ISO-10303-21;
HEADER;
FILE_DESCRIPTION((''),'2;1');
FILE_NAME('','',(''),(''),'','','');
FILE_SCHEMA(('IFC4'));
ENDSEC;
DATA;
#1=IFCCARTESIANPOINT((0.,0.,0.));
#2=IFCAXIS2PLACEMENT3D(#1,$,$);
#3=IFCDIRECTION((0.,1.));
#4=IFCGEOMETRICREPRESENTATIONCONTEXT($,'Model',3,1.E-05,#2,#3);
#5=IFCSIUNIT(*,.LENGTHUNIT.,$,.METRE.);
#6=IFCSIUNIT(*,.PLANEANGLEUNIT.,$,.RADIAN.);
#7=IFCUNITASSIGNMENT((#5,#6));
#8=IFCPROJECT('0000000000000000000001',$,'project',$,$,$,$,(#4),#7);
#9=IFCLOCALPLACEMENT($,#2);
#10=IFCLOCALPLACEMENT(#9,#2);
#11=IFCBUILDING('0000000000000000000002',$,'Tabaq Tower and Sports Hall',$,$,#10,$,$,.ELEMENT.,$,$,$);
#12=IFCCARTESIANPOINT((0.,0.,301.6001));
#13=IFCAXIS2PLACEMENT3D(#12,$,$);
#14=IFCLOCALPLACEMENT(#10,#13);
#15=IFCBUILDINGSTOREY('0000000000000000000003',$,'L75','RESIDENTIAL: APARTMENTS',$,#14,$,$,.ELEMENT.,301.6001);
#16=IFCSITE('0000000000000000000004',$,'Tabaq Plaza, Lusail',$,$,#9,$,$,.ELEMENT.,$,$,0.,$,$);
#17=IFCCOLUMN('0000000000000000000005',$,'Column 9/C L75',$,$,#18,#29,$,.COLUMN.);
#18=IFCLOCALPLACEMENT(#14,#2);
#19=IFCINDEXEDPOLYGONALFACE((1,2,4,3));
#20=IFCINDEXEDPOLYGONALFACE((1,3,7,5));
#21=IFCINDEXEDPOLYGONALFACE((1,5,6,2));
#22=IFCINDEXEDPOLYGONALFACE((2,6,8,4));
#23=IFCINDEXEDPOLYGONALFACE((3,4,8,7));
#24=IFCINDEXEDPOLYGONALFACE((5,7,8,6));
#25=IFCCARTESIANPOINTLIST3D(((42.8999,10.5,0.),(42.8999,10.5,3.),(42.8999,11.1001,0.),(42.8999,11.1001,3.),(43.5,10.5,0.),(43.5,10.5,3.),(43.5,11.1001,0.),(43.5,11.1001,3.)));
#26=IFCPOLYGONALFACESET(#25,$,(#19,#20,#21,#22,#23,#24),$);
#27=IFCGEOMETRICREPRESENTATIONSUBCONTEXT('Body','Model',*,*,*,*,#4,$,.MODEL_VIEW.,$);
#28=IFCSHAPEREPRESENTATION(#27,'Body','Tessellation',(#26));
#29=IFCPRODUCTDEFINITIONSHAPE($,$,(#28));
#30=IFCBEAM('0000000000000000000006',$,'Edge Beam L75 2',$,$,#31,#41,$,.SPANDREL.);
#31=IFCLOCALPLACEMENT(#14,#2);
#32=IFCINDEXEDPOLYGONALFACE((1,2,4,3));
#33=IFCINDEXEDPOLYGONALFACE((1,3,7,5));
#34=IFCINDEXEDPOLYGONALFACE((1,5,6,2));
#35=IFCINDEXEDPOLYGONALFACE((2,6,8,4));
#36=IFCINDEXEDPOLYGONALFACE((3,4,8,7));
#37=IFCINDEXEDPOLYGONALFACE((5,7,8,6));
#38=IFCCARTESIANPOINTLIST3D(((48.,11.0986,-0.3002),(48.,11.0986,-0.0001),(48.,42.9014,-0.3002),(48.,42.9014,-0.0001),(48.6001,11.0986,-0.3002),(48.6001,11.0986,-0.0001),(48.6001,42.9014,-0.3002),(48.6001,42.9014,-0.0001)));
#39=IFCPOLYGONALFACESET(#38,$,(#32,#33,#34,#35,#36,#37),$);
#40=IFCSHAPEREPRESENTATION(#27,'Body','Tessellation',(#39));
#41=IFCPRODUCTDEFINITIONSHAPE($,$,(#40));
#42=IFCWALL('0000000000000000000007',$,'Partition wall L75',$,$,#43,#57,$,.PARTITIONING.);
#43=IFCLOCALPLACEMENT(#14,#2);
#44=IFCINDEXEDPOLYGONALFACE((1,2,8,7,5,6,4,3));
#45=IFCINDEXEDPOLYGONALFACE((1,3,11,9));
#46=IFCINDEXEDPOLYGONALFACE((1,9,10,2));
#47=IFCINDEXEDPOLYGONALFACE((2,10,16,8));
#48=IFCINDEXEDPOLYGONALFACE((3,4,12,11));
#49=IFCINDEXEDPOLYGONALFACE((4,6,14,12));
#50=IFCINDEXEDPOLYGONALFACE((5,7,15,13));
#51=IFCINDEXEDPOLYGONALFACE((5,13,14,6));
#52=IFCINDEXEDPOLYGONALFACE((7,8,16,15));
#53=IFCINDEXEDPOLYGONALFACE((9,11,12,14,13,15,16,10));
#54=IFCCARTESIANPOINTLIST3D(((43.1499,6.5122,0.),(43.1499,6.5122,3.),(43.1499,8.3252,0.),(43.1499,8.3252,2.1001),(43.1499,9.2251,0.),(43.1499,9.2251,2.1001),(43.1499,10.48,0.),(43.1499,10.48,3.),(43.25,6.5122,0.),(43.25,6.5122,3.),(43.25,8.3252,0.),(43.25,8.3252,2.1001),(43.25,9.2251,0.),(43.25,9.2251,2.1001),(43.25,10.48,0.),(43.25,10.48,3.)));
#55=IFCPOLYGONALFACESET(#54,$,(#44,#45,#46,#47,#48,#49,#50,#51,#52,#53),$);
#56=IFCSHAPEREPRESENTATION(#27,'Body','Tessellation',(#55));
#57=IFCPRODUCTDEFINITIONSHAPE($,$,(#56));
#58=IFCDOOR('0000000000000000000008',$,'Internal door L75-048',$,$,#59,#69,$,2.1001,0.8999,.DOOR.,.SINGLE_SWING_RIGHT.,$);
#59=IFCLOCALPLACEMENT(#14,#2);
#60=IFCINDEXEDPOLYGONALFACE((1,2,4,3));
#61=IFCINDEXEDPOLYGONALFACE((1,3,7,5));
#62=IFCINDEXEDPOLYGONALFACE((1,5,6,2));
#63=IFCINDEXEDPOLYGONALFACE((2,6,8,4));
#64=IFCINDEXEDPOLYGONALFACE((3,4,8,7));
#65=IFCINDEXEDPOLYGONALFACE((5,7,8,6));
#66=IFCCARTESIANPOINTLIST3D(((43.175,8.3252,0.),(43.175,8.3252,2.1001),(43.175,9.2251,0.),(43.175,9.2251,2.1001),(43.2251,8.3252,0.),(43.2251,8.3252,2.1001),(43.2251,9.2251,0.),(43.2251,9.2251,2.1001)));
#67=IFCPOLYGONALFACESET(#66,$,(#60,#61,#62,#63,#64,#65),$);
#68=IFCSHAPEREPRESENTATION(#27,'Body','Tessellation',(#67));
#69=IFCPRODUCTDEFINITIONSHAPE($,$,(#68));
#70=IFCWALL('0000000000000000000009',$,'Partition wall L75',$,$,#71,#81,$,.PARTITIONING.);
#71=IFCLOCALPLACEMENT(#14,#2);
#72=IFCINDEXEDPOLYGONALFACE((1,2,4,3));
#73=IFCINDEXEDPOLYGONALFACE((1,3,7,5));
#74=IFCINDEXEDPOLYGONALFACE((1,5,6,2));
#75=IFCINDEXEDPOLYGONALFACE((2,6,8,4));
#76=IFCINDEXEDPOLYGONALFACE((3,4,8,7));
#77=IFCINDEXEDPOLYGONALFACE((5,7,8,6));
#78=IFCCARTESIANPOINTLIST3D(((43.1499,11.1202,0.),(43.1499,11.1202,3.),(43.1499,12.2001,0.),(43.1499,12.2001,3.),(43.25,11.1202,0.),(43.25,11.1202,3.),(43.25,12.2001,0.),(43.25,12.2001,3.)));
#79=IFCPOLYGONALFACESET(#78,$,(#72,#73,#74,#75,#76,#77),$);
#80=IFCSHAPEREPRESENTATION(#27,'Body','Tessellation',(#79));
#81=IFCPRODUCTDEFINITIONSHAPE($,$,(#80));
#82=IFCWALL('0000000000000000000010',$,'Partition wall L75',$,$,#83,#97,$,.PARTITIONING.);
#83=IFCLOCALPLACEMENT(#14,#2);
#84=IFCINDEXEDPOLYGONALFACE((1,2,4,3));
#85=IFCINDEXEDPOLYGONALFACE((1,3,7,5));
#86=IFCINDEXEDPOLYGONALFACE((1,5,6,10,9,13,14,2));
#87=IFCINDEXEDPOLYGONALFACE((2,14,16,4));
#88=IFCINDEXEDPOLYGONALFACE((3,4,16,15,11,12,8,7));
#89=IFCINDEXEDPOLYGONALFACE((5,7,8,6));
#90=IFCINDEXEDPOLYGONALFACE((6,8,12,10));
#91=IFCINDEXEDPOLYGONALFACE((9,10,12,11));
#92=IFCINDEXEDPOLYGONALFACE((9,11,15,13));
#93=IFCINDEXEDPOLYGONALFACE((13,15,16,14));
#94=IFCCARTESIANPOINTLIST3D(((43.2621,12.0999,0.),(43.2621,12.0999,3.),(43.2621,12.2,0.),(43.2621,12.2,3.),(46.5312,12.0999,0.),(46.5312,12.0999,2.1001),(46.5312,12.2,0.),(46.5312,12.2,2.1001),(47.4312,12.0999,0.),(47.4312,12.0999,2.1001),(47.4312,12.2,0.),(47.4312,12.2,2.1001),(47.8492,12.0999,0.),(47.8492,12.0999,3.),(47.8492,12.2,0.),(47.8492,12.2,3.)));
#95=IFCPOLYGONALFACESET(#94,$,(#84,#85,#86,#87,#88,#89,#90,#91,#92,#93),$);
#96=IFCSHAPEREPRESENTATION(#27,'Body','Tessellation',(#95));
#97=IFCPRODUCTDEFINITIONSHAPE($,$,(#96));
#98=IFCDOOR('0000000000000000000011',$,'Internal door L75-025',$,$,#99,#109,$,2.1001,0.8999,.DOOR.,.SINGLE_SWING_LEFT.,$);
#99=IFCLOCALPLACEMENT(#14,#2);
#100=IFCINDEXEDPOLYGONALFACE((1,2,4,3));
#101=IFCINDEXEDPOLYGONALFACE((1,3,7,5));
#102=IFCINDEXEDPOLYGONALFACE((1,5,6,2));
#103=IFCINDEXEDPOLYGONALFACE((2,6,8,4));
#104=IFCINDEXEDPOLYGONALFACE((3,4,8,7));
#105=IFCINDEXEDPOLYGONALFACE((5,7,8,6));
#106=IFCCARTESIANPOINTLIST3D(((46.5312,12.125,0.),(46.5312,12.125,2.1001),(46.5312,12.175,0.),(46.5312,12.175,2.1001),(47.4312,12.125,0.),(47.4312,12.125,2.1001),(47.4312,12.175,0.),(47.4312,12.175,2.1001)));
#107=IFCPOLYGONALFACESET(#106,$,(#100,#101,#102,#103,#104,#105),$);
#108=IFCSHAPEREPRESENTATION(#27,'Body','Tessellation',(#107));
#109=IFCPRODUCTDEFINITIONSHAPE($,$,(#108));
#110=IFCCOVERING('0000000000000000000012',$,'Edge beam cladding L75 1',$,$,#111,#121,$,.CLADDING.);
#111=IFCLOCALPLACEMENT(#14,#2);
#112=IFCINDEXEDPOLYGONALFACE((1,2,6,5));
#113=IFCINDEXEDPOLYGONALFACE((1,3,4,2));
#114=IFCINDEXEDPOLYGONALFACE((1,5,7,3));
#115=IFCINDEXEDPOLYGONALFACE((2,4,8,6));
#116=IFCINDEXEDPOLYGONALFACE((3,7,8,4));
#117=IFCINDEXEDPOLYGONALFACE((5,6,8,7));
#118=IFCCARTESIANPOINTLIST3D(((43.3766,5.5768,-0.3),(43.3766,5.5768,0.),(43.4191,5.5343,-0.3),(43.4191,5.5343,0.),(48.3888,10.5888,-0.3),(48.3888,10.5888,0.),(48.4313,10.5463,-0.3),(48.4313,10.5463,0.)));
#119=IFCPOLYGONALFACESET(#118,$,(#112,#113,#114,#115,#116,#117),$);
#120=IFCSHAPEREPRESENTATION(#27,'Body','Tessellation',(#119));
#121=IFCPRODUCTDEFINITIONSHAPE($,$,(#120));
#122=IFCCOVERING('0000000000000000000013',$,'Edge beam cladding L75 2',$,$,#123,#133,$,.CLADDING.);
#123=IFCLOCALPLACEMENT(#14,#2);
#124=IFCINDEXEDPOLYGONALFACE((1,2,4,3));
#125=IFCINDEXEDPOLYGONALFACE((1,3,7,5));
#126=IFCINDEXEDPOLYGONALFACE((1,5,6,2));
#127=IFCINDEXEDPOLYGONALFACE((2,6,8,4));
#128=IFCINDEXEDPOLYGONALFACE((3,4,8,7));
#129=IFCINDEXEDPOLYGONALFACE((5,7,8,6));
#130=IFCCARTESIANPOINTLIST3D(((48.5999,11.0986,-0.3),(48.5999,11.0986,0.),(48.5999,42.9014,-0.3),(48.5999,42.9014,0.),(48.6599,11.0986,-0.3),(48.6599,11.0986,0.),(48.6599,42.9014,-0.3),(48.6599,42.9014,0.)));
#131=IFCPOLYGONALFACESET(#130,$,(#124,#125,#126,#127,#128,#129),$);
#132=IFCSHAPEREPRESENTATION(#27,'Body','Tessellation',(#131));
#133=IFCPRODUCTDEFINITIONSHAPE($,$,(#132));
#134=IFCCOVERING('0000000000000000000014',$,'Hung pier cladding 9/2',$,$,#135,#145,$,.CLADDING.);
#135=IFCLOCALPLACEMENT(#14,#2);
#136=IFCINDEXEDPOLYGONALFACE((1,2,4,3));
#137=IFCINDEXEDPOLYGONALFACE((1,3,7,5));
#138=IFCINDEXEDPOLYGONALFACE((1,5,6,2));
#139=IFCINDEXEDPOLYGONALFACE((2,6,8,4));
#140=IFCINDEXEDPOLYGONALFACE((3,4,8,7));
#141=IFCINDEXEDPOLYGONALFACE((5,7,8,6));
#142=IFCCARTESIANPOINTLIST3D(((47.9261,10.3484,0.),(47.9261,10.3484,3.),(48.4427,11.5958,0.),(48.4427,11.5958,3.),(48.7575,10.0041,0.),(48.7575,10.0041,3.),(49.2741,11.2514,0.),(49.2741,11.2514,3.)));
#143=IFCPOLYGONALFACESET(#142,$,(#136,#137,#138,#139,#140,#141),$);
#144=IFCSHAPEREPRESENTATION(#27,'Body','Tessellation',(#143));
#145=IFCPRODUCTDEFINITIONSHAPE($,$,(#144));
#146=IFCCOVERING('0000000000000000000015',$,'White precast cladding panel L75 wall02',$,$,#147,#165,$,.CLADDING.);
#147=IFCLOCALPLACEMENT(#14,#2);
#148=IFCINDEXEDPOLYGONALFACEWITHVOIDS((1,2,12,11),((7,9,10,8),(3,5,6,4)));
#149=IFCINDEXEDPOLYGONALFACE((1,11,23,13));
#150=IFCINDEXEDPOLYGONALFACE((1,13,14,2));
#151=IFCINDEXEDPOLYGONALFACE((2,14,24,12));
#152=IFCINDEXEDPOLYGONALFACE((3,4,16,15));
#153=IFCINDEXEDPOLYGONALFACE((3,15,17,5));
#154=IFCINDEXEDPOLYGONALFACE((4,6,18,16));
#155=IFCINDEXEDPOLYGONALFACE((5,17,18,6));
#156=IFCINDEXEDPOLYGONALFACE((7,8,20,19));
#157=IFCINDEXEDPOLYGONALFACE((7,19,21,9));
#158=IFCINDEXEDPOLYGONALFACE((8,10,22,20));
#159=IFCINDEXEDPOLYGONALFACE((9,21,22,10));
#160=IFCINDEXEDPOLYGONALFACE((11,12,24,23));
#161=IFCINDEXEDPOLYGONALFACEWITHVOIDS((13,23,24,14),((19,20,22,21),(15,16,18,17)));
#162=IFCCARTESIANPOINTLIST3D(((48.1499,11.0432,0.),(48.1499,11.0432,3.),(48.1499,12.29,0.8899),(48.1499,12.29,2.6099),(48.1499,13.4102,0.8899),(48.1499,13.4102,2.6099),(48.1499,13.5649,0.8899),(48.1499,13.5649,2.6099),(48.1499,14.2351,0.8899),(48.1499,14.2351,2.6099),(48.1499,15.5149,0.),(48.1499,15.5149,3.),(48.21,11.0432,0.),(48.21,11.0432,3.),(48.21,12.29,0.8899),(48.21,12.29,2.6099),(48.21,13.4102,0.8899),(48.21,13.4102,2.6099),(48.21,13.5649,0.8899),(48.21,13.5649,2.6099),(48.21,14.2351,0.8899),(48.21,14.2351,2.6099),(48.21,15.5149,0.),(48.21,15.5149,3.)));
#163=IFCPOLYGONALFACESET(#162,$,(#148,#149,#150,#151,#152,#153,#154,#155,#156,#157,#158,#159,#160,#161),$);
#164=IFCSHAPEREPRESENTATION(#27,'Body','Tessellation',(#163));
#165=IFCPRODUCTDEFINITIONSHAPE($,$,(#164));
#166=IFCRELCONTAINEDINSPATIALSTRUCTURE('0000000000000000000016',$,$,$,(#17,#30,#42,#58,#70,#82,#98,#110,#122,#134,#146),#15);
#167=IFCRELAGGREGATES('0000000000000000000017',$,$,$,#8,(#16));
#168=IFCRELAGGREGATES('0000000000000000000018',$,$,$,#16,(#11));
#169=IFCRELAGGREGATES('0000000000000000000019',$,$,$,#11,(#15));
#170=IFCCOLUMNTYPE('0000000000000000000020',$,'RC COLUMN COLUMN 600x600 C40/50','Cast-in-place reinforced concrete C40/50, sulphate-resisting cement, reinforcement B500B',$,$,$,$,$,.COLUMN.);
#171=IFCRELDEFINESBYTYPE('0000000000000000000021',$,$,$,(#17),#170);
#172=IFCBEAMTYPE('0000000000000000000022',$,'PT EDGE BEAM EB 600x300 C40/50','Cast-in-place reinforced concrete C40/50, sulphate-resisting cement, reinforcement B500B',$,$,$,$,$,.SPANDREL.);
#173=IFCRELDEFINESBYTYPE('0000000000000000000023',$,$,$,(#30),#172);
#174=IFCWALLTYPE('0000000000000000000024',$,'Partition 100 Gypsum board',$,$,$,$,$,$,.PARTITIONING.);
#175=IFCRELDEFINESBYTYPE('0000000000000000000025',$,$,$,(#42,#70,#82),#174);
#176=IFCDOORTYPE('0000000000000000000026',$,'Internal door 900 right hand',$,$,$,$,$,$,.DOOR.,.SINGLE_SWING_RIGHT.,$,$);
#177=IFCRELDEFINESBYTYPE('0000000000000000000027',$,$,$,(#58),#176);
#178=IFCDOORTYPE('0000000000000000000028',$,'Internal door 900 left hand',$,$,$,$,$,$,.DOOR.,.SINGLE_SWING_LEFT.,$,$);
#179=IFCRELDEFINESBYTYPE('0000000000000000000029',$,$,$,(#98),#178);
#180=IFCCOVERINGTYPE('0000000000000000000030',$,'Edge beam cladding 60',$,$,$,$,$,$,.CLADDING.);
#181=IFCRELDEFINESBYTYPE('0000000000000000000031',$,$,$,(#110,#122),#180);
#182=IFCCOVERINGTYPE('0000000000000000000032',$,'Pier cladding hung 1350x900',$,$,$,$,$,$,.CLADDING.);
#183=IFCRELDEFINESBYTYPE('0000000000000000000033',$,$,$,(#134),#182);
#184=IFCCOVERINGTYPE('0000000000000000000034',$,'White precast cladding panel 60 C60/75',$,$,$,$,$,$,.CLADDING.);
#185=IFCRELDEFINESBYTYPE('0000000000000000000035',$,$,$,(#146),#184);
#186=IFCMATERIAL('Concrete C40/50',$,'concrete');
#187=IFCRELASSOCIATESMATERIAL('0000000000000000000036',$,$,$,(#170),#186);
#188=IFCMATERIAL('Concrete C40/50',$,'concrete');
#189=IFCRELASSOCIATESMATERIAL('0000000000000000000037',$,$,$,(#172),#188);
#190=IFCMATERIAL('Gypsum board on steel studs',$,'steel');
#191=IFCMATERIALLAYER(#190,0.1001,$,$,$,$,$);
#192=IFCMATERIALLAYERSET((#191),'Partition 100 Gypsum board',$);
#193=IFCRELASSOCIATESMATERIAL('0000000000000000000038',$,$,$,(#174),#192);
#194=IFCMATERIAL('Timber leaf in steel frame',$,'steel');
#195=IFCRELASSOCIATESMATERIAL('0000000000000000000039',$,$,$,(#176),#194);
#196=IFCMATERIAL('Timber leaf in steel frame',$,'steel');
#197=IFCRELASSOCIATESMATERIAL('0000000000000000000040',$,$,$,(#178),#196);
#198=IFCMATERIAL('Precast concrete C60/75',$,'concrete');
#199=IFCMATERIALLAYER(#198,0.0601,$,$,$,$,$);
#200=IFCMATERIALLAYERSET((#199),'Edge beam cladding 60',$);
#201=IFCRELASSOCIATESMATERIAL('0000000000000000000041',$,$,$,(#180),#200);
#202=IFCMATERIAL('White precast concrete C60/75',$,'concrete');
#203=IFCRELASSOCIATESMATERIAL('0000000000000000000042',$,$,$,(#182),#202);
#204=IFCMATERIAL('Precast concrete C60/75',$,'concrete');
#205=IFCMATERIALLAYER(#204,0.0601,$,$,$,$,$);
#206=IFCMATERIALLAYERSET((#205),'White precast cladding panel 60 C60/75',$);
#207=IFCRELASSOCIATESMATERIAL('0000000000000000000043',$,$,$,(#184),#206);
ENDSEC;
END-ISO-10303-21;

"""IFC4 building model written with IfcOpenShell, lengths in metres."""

from ifc_helpers import new_model, si_unit, direction, frame, frame_2d, origin, origin_2d, place, context, subcontext, project, spatial, polyline, rectangle, outline, extrude, material, layer, layer_set, material_profile, profile_set, type_object, element, fill, save


model = new_model("IFC4")

# Units and contexts
model_context = context("Model", 3, precision=1e-05, world=origin(), true_north=direction((0.0, 1.0)))
body_context = subcontext(model_context, "Body", "Model", "MODEL_VIEW")
ifc_project = project(units=[si_unit("LENGTHUNIT", "METRE"), si_unit("PLANEANGLEUNIT", "RADIAN")], contexts=[model_context])

# Site, building, storey
site_placement = place(None, origin())
site = spatial("IfcSite", under=ifc_project, at=site_placement, Name="Tabaq Plaza, Lusail", CompositionType="ELEMENT", RefElevation=0.0)
building_placement = place(site_placement, origin())
building = spatial("IfcBuilding", under=site, at=building_placement, Name="Tabaq Tower and Sports Hall", CompositionType="ELEMENT")
storey_placement = place(building_placement, frame((0.0, 0.0, 301.6001)))
storey = spatial("IfcBuildingStorey", under=building, at=storey_placement, Name="L75", Description="RESIDENTIAL: APARTMENTS", CompositionType="ELEMENT", Elevation=301.6001)

# Column
ifc_material_1 = material(Name="Concrete C40/50", Category="concrete")
ifc_material_profile_1 = material_profile(ifc_material_1, rectangle(XDim=0.6001, YDim=0.6001, at=origin_2d()), Name="COLUMN 600x600")
ifc_profile_set_1 = profile_set([ifc_material_profile_1], Name="Concrete C40/50")
column_type = type_object("IfcColumnType", Name="RC COLUMN COLUMN 600x600 C40/50", Description="Cast-in-place reinforced concrete C40/50, sulphate-resisting cement, reinforcement B500B", PredefinedType="COLUMN", material=ifc_profile_set_1)
column_placement = place(storey_placement, frame((43.2, 10.8, 0.0), z_axis=(0.0, 0.0, 1.0), x_axis=(1.0, 0.0, 0.0)))
element("IfcColumn", 1, at=column_placement, inside=storey, type_object=column_type, Name="Column 9/C L75", PredefinedType="COLUMN", context=body_context, shape_type="SweptSolid", body=[
    extrude(rectangle(XDim=0.6001, YDim=0.6001, at=origin_2d()), origin(), (0.0, 0.0, 1.0), 3.0),
])

# Beam
ifc_material_2 = material(Name="Concrete C40/50", Category="concrete")
ifc_material_profile_2 = material_profile(ifc_material_2, rectangle(XDim=0.6001, YDim=0.3, at=origin_2d()), Name="EB 600x300")
ifc_profile_set_2 = profile_set([ifc_material_profile_2], Name="Concrete C40/50")
beam_type = type_object("IfcBeamType", Name="PT EDGE BEAM EB 600x300 C40/50", Description="Cast-in-place reinforced concrete C40/50, sulphate-resisting cement, reinforcement B500B", PredefinedType="SPANDREL", material=ifc_profile_set_2)
beam_placement = place(storey_placement, frame((48.3, 11.0986, -0.1501), z_axis=(0.0, 1.0, 0.0), x_axis=(-1.0, 0.0, 0.0)))
element("IfcBeam", 2, at=beam_placement, inside=storey, type_object=beam_type, Name="Edge Beam L75 2", PredefinedType="SPANDREL", context=body_context, shape_type="SweptSolid", body=[
    extrude(rectangle(XDim=0.6001, YDim=0.3, at=origin_2d()), origin(), (0.0, 0.0, 1.0), 31.8027),
])

# Wall, opening, door
ifc_material_3 = material(Name="Gypsum board on steel studs", Category="steel")
ifc_layer_1 = layer(ifc_material_3, 0.1001)
ifc_layer_set_1 = layer_set([ifc_layer_1], Name="Partition 100 Gypsum board")
wall_type_1 = type_object("IfcWallType", Name="Partition 100 Gypsum board", PredefinedType="PARTITIONING", material=ifc_layer_set_1)
wall_1_placement = place(storey_placement, frame((43.2, 6.5122, 0.0), z_axis=(0.0, 0.0, 1.0), x_axis=(0.0, 1.0, 0.0)))
wall_1 = element("IfcWall", 3, at=wall_1_placement, inside=storey, type_object=wall_type_1, Name="Partition wall L75", PredefinedType="PARTITIONING", context=body_context, shape_type="SweptSolid", body=[
    extrude(rectangle(XDim=3.9678, YDim=0.1001, at=frame_2d((1.9839, 0.0))), origin(), (0.0, 0.0, 1.0), 3.0),
])
opening_1_placement = place(wall_1_placement, frame((1.813, 0.0, 0.0)))
opening_1 = element("IfcOpeningElement", 4, at=opening_1_placement, cuts=wall_1, PredefinedType="OPENING", context=body_context, shape_type="SweptSolid", body=[
    extrude(rectangle(XDim=0.8999, YDim=2.1001, at=frame_2d((0.45, 1.05))), frame((0.0, 0.05, 0.0), z_axis=(0.0, -1.0, 0.0), x_axis=(1.0, 0.0, 0.0)), (0.0, 0.0, 1.0), 0.1001),
])
ifc_material_4 = material(Name="Timber leaf in steel frame", Category="steel")
door_type_1 = type_object("IfcDoorType", Name="Internal door 900 right hand", OperationType="SINGLE_SWING_RIGHT", PredefinedType="DOOR", material=ifc_material_4)
door_1_placement = place(opening_1_placement, origin())
door_1 = element("IfcDoor", 5, at=door_1_placement, inside=storey, type_object=door_type_1, Name="Internal door L75-048", OperationType="SINGLE_SWING_RIGHT", OverallHeight=2.1001, OverallWidth=0.8999, PredefinedType="DOOR", context=body_context, shape_type="SweptSolid", body=[
    extrude(rectangle(XDim=0.8999, YDim=2.1001, at=frame_2d((0.45, 1.05))), frame((0.0, 0.0249, 0.0), z_axis=(0.0, -1.0, 0.0), x_axis=(1.0, 0.0, 0.0)), (0.0, 0.0, 1.0), 0.05),
])
fill(opening_1, door_1)

# Wall
wall_2_placement = place(storey_placement, frame((43.2, 11.1201, 0.0), z_axis=(0.0, 0.0, 1.0), x_axis=(0.0, 1.0, 0.0)))
element("IfcWall", 6, at=wall_2_placement, inside=storey, type_object=wall_type_1, Name="Partition wall L75", PredefinedType="PARTITIONING", context=body_context, shape_type="SweptSolid", body=[
    extrude(rectangle(XDim=1.0798, YDim=0.1001, at=frame_2d((0.54, 0.0))), origin(), (0.0, 0.0, 1.0), 3.0),
])

# Wall, opening, door
wall_3_placement = place(storey_placement, frame((47.8491, 12.1499, 0.0), z_axis=(0.0, 0.0, 1.0), x_axis=(-1.0, 0.0, 0.0)))
wall_3 = element("IfcWall", 7, at=wall_3_placement, inside=storey, type_object=wall_type_1, Name="Partition wall L75", PredefinedType="PARTITIONING", context=body_context, shape_type="SweptSolid", body=[
    extrude(rectangle(XDim=4.5872, YDim=0.1001, at=frame_2d((2.2935, 0.0))), origin(), (0.0, 0.0, 1.0), 3.0),
])
opening_2_placement = place(wall_3_placement, frame((0.418, 0.0, 0.0)))
opening_2 = element("IfcOpeningElement", 8, at=opening_2_placement, cuts=wall_3, PredefinedType="OPENING", context=body_context, shape_type="SweptSolid", body=[
    extrude(rectangle(XDim=0.8999, YDim=2.1001, at=frame_2d((0.45, 1.05))), frame((0.0, 0.05, 0.0), z_axis=(0.0, -1.0, 0.0), x_axis=(1.0, 0.0, 0.0)), (0.0, 0.0, 1.0), 0.1001),
])
ifc_material_5 = material(Name="Timber leaf in steel frame", Category="steel")
door_type_2 = type_object("IfcDoorType", Name="Internal door 900 left hand", OperationType="SINGLE_SWING_LEFT", PredefinedType="DOOR", material=ifc_material_5)
door_2_placement = place(opening_2_placement, origin())
door_2 = element("IfcDoor", 9, at=door_2_placement, inside=storey, type_object=door_type_2, Name="Internal door L75-025", OperationType="SINGLE_SWING_LEFT", OverallHeight=2.1001, OverallWidth=0.8999, PredefinedType="DOOR", context=body_context, shape_type="SweptSolid", body=[
    extrude(rectangle(XDim=0.8999, YDim=2.1001, at=frame_2d((0.45, 1.05))), frame((0.0, 0.0249, 0.0), z_axis=(0.0, -1.0, 0.0), x_axis=(1.0, 0.0, 0.0)), (0.0, 0.0, 1.0), 0.05),
])
fill(opening_2, door_2)

# Coverings
ifc_material_6 = material(Name="Precast concrete C60/75", Category="concrete")
ifc_layer_2 = layer(ifc_material_6, 0.0601)
ifc_layer_set_2 = layer_set([ifc_layer_2], Name="Edge beam cladding 60")
covering_type_1 = type_object("IfcCoveringType", Name="Edge beam cladding 60", PredefinedType="CLADDING", material=ifc_layer_set_2)
covering_1_placement = place(storey_placement, frame((43.3979, 5.5557, -0.3), z_axis=(0.0, 0.0, 1.0), x_axis=(0.707124, 0.70709, 0.0)))
element("IfcCovering", 10, at=covering_1_placement, inside=storey, type_object=covering_type_1, Name="Edge beam cladding L75 1", PredefinedType="CLADDING", context=body_context, shape_type="SweptSolid", body=[
    extrude(rectangle(XDim=7.0881, YDim=0.0601, at=frame_2d((3.5439, 0.0))), origin(), (0.0, 0.0, 1.0), 0.3),
])
covering_2_placement = place(storey_placement, frame((48.6299, 11.0986, -0.3), z_axis=(0.0, 0.0, 1.0), x_axis=(0.0, 1.0, 0.0)))
element("IfcCovering", 11, at=covering_2_placement, inside=storey, type_object=covering_type_1, Name="Edge beam cladding L75 2", PredefinedType="CLADDING", context=body_context, shape_type="SweptSolid", body=[
    extrude(rectangle(XDim=31.8027, YDim=0.0601, at=frame_2d((15.9014, 0.0))), origin(), (0.0, 0.0, 1.0), 0.3),
])
ifc_material_7 = material(Name="White precast concrete C60/75", Category="concrete")
covering_type_2 = type_object("IfcCoveringType", Name="Pier cladding hung 1350x900", PredefinedType="CLADDING", material=ifc_material_7)
covering_3_placement = place(storey_placement, frame((48.3418, 10.1763, 0.0), z_axis=(0.0, 0.0, 1.0), x_axis=(0.38265, 0.923893, 0.0)))
element("IfcCovering", 12, at=covering_3_placement, inside=storey, type_object=covering_type_2, Name="Hung pier cladding 9/2", PredefinedType="CLADDING", context=body_context, shape_type="SweptSolid", body=[
    extrude(rectangle(XDim=1.3501, YDim=0.8999, at=frame_2d((0.675, 0.0))), origin(), (0.0, 0.0, 1.0), 3.0),
])
ifc_material_8 = material(Name="Precast concrete C60/75", Category="concrete")
ifc_layer_3 = layer(ifc_material_8, 0.0601)
ifc_layer_set_3 = layer_set([ifc_layer_3], Name="White precast cladding panel 60 C60/75")
covering_type_3 = type_object("IfcCoveringType", Name="White precast cladding panel 60 C60/75", PredefinedType="CLADDING", material=ifc_layer_set_3)
covering_4_placement = place(storey_placement, frame((48.1799, 11.0432, 0.0), z_axis=(0.0, 0.0, 1.0), x_axis=(0.0, 1.0, 0.0)))
element("IfcCovering", 13, at=covering_4_placement, inside=storey, type_object=covering_type_3, Name="White precast cladding panel L75 wall02", PredefinedType="CLADDING", context=body_context, shape_type="SweptSolid", body=[
    extrude(outline(polyline([(0.0, 0.0), (4.4717, 0.0), (4.4717, 3.0), (0.0, 3.0), (0.0, 0.0)]), holes=[polyline([(1.2468, 2.6099), (2.3669, 2.6099), (2.3669, 0.8899), (1.2468, 0.8899), (1.2468, 2.6099)]), polyline([(2.5217, 2.6099), (3.1919, 2.6099), (3.1919, 0.8899), (2.5217, 0.8899), (2.5217, 2.6099)])]), frame((0.0, 0.03, 0.0), z_axis=(0.0, -1.0, 0.0), x_axis=(1.0, 0.0, 0.0)), (0.0, 0.0, 1.0), 0.0601),
])

save(model, "model.ifc")
